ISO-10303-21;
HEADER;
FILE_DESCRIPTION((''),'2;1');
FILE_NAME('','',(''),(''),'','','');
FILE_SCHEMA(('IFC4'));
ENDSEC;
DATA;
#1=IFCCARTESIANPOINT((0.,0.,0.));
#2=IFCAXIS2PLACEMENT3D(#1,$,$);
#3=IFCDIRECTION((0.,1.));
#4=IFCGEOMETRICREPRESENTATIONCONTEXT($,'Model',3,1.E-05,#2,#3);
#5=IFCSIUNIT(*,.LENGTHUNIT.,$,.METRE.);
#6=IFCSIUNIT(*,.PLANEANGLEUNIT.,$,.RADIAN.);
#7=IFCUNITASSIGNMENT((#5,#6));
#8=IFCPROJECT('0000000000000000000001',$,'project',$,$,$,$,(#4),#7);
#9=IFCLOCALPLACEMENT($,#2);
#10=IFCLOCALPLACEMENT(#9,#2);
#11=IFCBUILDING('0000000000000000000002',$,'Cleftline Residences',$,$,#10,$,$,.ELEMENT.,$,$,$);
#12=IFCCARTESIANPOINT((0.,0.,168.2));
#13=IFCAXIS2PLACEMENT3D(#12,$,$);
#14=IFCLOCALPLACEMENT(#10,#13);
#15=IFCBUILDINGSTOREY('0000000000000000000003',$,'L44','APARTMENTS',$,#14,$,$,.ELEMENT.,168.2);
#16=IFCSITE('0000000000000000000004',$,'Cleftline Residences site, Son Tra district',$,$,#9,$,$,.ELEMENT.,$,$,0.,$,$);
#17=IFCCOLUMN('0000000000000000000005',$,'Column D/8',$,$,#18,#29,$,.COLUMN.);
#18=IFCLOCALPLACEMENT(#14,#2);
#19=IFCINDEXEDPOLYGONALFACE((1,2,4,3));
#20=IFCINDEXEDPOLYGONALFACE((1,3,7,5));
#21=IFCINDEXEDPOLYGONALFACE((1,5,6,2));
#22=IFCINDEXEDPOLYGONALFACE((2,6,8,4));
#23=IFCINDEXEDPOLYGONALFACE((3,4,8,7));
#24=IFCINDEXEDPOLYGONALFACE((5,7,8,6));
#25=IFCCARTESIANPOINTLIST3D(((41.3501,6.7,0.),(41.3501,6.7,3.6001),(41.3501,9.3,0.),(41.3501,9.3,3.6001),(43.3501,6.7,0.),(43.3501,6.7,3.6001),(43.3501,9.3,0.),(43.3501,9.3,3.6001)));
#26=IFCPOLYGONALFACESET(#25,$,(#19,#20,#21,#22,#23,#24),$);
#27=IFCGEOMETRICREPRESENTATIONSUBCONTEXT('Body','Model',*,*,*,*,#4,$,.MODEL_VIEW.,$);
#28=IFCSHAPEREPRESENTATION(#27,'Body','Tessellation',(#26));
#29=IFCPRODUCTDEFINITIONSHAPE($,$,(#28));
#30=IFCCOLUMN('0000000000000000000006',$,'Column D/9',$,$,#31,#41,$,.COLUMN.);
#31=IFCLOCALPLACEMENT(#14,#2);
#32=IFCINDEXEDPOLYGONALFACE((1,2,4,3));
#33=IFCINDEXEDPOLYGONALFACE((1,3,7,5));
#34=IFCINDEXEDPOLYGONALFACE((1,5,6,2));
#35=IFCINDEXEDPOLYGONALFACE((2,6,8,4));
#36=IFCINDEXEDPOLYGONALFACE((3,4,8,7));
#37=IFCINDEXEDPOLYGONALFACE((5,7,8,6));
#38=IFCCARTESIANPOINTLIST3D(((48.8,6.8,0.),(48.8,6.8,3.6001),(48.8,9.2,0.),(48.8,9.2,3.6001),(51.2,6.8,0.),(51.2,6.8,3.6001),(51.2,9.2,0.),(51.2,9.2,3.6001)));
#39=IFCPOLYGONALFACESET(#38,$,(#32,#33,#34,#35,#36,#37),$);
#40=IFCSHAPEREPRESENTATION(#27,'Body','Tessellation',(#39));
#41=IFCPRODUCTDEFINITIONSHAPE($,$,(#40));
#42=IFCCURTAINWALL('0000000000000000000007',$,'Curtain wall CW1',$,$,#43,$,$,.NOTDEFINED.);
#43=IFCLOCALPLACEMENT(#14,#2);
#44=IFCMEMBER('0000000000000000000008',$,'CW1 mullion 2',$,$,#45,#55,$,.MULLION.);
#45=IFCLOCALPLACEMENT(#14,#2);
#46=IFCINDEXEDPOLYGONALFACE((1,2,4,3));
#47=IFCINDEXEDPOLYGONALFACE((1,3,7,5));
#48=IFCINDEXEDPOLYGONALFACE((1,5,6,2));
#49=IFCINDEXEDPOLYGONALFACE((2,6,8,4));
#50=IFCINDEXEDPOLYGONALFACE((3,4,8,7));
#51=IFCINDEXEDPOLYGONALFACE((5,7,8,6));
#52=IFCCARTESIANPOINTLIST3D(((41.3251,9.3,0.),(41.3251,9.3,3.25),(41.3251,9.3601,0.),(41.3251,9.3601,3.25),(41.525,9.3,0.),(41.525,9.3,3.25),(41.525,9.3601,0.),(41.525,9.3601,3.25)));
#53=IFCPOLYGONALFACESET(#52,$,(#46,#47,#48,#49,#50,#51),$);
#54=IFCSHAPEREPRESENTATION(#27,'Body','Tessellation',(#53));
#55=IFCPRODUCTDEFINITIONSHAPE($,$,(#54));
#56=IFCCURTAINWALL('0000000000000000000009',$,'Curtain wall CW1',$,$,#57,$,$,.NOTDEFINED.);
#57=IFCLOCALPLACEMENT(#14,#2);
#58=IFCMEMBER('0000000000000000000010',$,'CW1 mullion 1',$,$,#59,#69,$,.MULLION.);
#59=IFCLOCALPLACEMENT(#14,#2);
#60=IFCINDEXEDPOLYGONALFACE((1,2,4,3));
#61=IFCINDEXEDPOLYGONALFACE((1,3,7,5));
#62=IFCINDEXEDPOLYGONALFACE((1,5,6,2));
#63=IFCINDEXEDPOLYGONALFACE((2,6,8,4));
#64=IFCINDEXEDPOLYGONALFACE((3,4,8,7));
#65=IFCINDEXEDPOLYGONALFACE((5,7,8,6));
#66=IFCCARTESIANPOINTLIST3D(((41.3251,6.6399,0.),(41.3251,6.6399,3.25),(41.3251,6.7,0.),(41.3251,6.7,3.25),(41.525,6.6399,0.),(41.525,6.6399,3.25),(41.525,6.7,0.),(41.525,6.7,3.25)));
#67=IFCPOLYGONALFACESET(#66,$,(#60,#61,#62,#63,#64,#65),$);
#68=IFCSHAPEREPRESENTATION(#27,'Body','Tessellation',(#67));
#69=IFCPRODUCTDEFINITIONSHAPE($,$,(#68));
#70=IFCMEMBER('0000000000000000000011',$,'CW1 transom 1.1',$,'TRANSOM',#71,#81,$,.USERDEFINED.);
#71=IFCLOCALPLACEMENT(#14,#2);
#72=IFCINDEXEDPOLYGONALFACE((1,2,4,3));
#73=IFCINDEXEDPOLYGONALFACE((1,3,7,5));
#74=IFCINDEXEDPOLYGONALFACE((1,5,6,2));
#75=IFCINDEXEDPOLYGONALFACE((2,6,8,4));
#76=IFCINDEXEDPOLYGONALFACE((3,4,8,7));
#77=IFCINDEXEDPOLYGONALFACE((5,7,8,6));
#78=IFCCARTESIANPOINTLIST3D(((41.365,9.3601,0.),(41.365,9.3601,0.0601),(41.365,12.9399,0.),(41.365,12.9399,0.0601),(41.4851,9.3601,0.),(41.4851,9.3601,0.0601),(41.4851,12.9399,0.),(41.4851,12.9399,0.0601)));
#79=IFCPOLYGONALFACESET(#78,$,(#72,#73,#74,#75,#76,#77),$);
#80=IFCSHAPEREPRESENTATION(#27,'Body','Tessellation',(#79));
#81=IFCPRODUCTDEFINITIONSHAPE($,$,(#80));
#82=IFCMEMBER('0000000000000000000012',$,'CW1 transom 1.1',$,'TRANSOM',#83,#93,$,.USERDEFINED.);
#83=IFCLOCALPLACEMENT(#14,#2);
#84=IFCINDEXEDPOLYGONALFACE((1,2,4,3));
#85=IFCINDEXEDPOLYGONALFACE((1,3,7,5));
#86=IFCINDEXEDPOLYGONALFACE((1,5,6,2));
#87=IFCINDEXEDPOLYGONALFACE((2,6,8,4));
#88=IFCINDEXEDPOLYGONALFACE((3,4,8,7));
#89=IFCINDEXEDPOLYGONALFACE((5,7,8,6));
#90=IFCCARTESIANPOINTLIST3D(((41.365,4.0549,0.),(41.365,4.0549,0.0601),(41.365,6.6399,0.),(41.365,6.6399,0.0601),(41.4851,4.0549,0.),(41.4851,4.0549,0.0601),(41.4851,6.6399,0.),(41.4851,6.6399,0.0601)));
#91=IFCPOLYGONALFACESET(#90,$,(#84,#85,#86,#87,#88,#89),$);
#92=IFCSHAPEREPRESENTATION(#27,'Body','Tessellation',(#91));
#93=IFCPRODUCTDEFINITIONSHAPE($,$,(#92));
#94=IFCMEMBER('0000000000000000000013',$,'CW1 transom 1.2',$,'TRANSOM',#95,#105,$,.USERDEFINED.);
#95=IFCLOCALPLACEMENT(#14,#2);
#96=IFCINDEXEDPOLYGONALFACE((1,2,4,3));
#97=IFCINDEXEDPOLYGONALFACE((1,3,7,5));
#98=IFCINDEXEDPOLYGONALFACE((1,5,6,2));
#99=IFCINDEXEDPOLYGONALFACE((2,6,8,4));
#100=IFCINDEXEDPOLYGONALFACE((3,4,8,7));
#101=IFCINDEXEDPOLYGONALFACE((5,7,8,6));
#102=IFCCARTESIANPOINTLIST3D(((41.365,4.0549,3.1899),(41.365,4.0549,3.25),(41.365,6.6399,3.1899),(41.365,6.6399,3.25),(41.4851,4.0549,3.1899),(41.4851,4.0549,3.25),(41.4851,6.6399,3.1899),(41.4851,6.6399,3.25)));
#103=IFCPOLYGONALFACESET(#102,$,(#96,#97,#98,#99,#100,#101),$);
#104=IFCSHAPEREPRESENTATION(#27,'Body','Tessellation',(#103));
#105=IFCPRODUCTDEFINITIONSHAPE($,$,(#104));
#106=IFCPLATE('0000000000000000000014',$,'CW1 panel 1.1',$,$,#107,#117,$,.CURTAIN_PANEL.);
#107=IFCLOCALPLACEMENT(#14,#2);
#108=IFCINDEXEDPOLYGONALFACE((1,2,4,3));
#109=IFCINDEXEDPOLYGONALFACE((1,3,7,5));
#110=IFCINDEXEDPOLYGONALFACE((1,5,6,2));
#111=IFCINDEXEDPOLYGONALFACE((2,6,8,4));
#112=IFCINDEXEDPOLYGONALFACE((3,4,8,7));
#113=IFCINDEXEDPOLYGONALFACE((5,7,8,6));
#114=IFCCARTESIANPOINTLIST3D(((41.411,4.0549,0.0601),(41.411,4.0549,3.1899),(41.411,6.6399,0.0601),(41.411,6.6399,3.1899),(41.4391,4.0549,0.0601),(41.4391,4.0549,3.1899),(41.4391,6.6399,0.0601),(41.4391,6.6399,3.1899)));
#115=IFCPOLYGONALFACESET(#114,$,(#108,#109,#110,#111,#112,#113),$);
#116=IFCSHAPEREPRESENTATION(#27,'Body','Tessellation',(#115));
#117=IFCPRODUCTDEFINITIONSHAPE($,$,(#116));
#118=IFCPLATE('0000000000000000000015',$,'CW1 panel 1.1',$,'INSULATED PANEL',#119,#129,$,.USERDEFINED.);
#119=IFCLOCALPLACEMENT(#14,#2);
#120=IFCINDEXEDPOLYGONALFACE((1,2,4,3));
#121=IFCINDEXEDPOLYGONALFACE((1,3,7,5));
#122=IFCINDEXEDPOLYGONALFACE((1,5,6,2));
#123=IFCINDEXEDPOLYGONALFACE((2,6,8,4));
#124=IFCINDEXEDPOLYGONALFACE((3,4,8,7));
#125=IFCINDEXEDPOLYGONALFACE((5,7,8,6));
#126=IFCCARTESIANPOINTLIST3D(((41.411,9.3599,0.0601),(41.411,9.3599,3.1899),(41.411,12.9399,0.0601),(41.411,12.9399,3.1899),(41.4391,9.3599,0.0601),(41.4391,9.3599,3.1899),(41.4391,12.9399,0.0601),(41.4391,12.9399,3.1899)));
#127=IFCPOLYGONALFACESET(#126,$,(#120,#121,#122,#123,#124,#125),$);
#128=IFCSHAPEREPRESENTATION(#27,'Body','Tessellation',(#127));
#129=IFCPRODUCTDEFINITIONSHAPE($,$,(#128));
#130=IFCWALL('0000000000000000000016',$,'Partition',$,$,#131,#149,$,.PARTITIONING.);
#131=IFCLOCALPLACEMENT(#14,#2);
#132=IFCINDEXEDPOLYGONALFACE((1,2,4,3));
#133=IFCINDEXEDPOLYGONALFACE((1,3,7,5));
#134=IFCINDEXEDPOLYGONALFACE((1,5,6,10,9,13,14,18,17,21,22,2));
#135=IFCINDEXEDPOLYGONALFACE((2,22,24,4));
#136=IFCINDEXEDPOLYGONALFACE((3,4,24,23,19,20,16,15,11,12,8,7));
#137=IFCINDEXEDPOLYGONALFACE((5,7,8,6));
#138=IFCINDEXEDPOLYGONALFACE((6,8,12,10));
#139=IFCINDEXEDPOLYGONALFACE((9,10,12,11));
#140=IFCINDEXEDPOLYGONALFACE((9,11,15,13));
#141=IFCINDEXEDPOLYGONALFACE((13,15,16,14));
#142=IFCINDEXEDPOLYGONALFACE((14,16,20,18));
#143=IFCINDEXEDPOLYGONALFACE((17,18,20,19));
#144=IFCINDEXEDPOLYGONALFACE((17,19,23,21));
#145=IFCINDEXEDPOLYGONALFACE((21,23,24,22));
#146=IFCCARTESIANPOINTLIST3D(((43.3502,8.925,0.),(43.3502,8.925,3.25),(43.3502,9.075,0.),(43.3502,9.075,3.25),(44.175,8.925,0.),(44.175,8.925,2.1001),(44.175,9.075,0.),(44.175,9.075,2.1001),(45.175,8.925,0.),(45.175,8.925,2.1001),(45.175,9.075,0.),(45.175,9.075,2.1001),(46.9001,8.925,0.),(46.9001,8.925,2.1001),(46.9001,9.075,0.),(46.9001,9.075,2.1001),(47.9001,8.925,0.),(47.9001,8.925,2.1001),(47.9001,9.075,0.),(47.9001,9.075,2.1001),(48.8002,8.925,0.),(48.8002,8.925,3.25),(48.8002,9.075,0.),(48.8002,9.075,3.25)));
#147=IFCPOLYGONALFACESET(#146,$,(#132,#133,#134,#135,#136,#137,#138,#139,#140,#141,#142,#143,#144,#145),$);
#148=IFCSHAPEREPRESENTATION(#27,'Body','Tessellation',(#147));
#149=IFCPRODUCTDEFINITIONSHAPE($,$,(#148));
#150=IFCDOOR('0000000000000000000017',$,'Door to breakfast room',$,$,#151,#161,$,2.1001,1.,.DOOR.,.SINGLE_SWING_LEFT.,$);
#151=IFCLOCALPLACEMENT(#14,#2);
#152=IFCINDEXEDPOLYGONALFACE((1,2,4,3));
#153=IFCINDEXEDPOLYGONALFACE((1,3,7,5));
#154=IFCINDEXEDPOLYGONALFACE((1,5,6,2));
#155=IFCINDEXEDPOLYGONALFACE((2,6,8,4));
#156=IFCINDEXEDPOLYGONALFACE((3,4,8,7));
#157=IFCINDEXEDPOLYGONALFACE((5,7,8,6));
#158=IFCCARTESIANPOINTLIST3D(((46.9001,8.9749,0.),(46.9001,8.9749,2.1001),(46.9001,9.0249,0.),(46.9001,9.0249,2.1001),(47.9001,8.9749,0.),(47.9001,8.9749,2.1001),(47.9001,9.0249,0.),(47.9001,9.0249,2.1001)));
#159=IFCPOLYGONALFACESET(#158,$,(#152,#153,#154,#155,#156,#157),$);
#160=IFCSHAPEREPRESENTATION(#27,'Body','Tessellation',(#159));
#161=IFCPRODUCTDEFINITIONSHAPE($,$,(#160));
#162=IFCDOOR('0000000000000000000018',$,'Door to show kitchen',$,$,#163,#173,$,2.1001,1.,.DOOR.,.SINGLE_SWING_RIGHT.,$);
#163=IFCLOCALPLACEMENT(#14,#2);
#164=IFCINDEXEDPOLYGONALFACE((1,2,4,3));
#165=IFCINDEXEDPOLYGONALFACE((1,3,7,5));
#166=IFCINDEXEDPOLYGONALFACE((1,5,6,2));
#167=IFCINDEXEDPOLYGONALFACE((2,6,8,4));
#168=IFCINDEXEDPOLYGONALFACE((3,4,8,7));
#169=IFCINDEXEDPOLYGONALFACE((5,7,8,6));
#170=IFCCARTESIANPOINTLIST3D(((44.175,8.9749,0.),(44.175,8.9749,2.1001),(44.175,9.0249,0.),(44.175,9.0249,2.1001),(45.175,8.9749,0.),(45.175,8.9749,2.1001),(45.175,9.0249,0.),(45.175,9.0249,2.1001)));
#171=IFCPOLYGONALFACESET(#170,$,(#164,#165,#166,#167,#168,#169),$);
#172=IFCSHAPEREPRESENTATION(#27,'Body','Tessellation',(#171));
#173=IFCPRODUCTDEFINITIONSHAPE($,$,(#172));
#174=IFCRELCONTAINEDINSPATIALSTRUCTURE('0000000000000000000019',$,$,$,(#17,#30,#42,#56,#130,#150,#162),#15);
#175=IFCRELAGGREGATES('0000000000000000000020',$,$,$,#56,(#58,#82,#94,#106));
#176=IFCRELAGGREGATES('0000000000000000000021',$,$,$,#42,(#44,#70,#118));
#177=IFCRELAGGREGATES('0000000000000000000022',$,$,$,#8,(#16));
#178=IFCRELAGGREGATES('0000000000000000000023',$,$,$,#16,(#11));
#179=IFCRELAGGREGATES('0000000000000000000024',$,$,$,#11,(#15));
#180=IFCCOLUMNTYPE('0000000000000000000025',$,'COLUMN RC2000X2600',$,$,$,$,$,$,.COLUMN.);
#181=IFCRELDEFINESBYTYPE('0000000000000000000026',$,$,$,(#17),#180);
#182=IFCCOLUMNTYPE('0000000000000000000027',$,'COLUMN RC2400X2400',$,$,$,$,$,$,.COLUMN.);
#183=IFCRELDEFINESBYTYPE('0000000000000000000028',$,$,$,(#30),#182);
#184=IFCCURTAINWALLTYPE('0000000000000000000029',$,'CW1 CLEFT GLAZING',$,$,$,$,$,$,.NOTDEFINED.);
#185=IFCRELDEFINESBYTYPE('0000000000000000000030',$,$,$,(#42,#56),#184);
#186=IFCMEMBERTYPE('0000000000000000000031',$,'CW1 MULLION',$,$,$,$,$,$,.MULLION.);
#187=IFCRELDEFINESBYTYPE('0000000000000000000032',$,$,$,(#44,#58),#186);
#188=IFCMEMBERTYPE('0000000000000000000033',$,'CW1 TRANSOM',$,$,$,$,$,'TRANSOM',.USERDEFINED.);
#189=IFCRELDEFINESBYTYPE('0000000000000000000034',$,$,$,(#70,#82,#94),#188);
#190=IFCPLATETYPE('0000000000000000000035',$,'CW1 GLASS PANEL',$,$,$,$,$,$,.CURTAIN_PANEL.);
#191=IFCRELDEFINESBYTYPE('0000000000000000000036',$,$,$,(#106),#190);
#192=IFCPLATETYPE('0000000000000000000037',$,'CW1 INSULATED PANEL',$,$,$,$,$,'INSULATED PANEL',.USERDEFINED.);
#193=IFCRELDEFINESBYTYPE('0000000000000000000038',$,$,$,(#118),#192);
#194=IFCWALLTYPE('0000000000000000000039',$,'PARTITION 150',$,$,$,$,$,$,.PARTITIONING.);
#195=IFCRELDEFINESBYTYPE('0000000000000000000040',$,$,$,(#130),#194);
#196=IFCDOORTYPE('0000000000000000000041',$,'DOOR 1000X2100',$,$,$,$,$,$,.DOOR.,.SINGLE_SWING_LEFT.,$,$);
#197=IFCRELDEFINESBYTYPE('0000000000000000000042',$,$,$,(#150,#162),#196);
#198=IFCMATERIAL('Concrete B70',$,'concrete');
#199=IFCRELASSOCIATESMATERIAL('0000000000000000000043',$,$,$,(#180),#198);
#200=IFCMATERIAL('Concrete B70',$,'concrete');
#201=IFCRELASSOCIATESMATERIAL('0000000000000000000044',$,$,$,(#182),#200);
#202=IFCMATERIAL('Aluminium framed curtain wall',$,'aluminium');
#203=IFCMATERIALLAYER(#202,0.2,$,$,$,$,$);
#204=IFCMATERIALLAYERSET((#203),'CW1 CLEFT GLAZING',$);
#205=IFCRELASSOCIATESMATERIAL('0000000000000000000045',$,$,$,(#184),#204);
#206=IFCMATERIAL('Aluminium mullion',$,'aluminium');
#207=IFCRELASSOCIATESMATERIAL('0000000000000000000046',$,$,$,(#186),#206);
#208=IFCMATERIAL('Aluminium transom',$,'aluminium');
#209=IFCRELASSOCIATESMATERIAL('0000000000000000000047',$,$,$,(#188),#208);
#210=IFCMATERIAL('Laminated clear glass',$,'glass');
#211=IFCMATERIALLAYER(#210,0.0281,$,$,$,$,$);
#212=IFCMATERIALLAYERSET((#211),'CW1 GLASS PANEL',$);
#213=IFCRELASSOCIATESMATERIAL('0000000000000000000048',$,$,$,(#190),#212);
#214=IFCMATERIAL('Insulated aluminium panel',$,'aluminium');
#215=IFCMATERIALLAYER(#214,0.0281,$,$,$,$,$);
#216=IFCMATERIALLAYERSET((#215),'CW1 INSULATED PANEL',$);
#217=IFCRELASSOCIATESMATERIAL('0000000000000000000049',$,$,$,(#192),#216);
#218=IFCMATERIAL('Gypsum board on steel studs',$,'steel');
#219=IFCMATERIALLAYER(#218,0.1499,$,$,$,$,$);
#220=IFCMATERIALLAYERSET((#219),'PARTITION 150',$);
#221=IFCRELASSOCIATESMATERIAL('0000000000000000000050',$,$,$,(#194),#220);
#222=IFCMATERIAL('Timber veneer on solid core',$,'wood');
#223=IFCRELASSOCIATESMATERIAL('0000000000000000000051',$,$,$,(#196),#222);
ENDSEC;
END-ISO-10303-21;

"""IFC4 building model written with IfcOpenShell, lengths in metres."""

from ifc_helpers import new_model, si_unit, direction, frame, frame_2d, origin, origin_2d, place, context, subcontext, project, spatial, rectangle, extrude, material, layer, layer_set, material_profile, profile_set, type_object, element, fill, aggregate, save


model = new_model("IFC4")

# Units and contexts
model_context = context("Model", 3, precision=1e-05, world=origin(), true_north=direction((0.0, 1.0)))
body_context = subcontext(model_context, "Body", "Model", "MODEL_VIEW")
ifc_project = project(units=[si_unit("LENGTHUNIT", "METRE"), si_unit("PLANEANGLEUNIT", "RADIAN")], contexts=[model_context])

# Site, building, storey
site_placement = place(None, origin())
site = spatial("IfcSite", under=ifc_project, at=site_placement, Name="Cleftline Residences site, Son Tra district", CompositionType="ELEMENT", RefElevation=0.0)
building_placement = place(site_placement, origin())
building = spatial("IfcBuilding", under=site, at=building_placement, Name="Cleftline Residences", CompositionType="ELEMENT")
storey_placement = place(building_placement, frame((0.0, 0.0, 168.2)))
storey = spatial("IfcBuildingStorey", under=building, at=storey_placement, Name="L44", Description="APARTMENTS", CompositionType="ELEMENT", Elevation=168.2)

# Columns
ifc_material_1 = material(Name="Concrete B70", Category="concrete")
ifc_material_profile_1 = material_profile(ifc_material_1, rectangle(XDim=2.0, YDim=2.6001, at=origin_2d()))
ifc_profile_set_1 = profile_set([ifc_material_profile_1], Name="Concrete B70")
column_type_1 = type_object("IfcColumnType", Name="COLUMN RC2000X2600", PredefinedType="COLUMN", material=ifc_profile_set_1)
column_1_placement = place(storey_placement, frame((42.3501, 8.0, 0.0), z_axis=(0.0, 0.0, 1.0), x_axis=(1.0, 0.0, 0.0)))
element("IfcColumn", 1, at=column_1_placement, inside=storey, type_object=column_type_1, Name="Column D/8", PredefinedType="COLUMN", context=body_context, shape_type="SweptSolid", body=[
    extrude(rectangle(XDim=2.0, YDim=2.6001, at=origin_2d()), origin(), (0.0, 0.0, 1.0), 3.6001),
])
ifc_material_2 = material(Name="Concrete B70", Category="concrete")
ifc_material_profile_2 = material_profile(ifc_material_2, rectangle(XDim=2.3999, YDim=2.3999, at=origin_2d()))
ifc_profile_set_2 = profile_set([ifc_material_profile_2], Name="Concrete B70")
column_type_2 = type_object("IfcColumnType", Name="COLUMN RC2400X2400", PredefinedType="COLUMN", material=ifc_profile_set_2)
column_2_placement = place(storey_placement, frame((50.0, 8.0, 0.0), z_axis=(0.0, 0.0, 1.0), x_axis=(1.0, 0.0, 0.0)))
element("IfcColumn", 2, at=column_2_placement, inside=storey, type_object=column_type_2, Name="Column D/9", PredefinedType="COLUMN", context=body_context, shape_type="SweptSolid", body=[
    extrude(rectangle(XDim=2.3999, YDim=2.3999, at=origin_2d()), origin(), (0.0, 0.0, 1.0), 3.6001),
])

# Curtain walls, members
ifc_material_3 = material(Name="Aluminium framed curtain wall", Category="aluminium")
ifc_layer_1 = layer(ifc_material_3, 0.2)
ifc_layer_set_1 = layer_set([ifc_layer_1], Name="CW1 CLEFT GLAZING")
curtain_wall_type = type_object("IfcCurtainWallType", Name="CW1 CLEFT GLAZING", PredefinedType="NOTDEFINED", material=ifc_layer_set_1)
curtain_wall_1_placement = place(storey_placement, origin())
curtain_wall_1 = element("IfcCurtainWall", 3, at=curtain_wall_1_placement, inside=storey, type_object=curtain_wall_type, Name="Curtain wall CW1", PredefinedType="NOTDEFINED")
ifc_material_4 = material(Name="Aluminium mullion", Category="aluminium")
ifc_material_profile_3 = material_profile(ifc_material_4, rectangle(XDim=0.2, YDim=0.0601, at=origin_2d()))
ifc_profile_set_3 = profile_set([ifc_material_profile_3], Name="Aluminium mullion")
member_type_1 = type_object("IfcMemberType", Name="CW1 MULLION", PredefinedType="MULLION", material=ifc_profile_set_3)
member_1_placement = place(storey_placement, frame((41.425, 9.3301, 0.0), z_axis=(0.0, 0.0, 1.0), x_axis=(1.0, 0.0, 0.0)))
member_1 = element("IfcMember", 4, at=member_1_placement, type_object=member_type_1, Name="CW1 mullion 2", PredefinedType="MULLION", context=body_context, shape_type="SweptSolid", body=[
    extrude(rectangle(XDim=0.2, YDim=0.0601, at=origin_2d()), origin(), (0.0, 0.0, 1.0), 3.25),
])
curtain_wall_2_placement = place(storey_placement, origin())
curtain_wall_2 = element("IfcCurtainWall", 5, at=curtain_wall_2_placement, inside=storey, type_object=curtain_wall_type, Name="Curtain wall CW1", PredefinedType="NOTDEFINED")
member_2_placement = place(storey_placement, frame((41.425, 6.6699, 0.0), z_axis=(0.0, 0.0, 1.0), x_axis=(1.0, 0.0, 0.0)))
member_2 = element("IfcMember", 6, at=member_2_placement, type_object=member_type_1, Name="CW1 mullion 1", PredefinedType="MULLION", context=body_context, shape_type="SweptSolid", body=[
    extrude(rectangle(XDim=0.2, YDim=0.0601, at=origin_2d()), origin(), (0.0, 0.0, 1.0), 3.25),
])

# Members
ifc_material_5 = material(Name="Aluminium transom", Category="aluminium")
ifc_material_profile_4 = material_profile(ifc_material_5, rectangle(XDim=0.1201, YDim=0.0601, at=origin_2d()))
ifc_profile_set_4 = profile_set([ifc_material_profile_4], Name="Aluminium transom")
member_type_2 = type_object("IfcMemberType", Name="CW1 TRANSOM", ElementType="TRANSOM", PredefinedType="USERDEFINED", material=ifc_profile_set_4)
member_3_placement = place(storey_placement, frame((41.425, 12.9399, 0.03), z_axis=(0.0, -1.0, 0.0), x_axis=(1.0, 0.0, 0.0)))
member_3 = element("IfcMember", 7, at=member_3_placement, type_object=member_type_2, Name="CW1 transom 1.1", ObjectType="TRANSOM", PredefinedType="USERDEFINED", context=body_context, shape_type="SweptSolid", body=[
    extrude(rectangle(XDim=0.1201, YDim=0.0601, at=origin_2d()), origin(), (0.0, 0.0, 1.0), 3.5798),
])
member_4_placement = place(storey_placement, frame((41.425, 6.6399, 0.03), z_axis=(0.0, -1.0, 0.0), x_axis=(1.0, 0.0, 0.0)))
member_4 = element("IfcMember", 8, at=member_4_placement, type_object=member_type_2, Name="CW1 transom 1.1", ObjectType="TRANSOM", PredefinedType="USERDEFINED", context=body_context, shape_type="SweptSolid", body=[
    extrude(rectangle(XDim=0.1201, YDim=0.0601, at=origin_2d()), origin(), (0.0, 0.0, 1.0), 2.585),
])
member_5_placement = place(storey_placement, frame((41.425, 6.6399, 3.22), z_axis=(0.0, -1.0, 0.0), x_axis=(1.0, 0.0, 0.0)))
member_5 = element("IfcMember", 9, at=member_5_placement, type_object=member_type_2, Name="CW1 transom 1.2", ObjectType="TRANSOM", PredefinedType="USERDEFINED", context=body_context, shape_type="SweptSolid", body=[
    extrude(rectangle(XDim=0.1201, YDim=0.0601, at=origin_2d()), origin(), (0.0, 0.0, 1.0), 2.585),
])

# Plates
ifc_material_6 = material(Name="Laminated clear glass", Category="glass")
ifc_layer_2 = layer(ifc_material_6, 0.0281)
ifc_layer_set_2 = layer_set([ifc_layer_2], Name="CW1 GLASS PANEL")
plate_type_1 = type_object("IfcPlateType", Name="CW1 GLASS PANEL", PredefinedType="CURTAIN_PANEL", material=ifc_layer_set_2)
plate_1_placement = place(storey_placement, frame((41.425, 5.3474, 0.0601), z_axis=(0.0, 0.0, 1.0), x_axis=(0.0, -1.0, 0.0)))
plate_1 = element("IfcPlate", 10, at=plate_1_placement, type_object=plate_type_1, Name="CW1 panel 1.1", PredefinedType="CURTAIN_PANEL", context=body_context, shape_type="SweptSolid", body=[
    extrude(rectangle(XDim=2.585, YDim=0.0281, at=origin_2d()), origin(), (0.0, 0.0, 1.0), 3.1299),
])
aggregate(curtain_wall_2, [member_2, member_4, member_5, plate_1])
ifc_material_7 = material(Name="Insulated aluminium panel", Category="aluminium")
ifc_layer_3 = layer(ifc_material_7, 0.0281)
ifc_layer_set_3 = layer_set([ifc_layer_3], Name="CW1 INSULATED PANEL")
plate_type_2 = type_object("IfcPlateType", Name="CW1 INSULATED PANEL", ElementType="INSULATED PANEL", PredefinedType="USERDEFINED", material=ifc_layer_set_3)
plate_2_placement = place(storey_placement, frame((41.425, 11.1499, 0.0601), z_axis=(0.0, 0.0, 1.0), x_axis=(0.0, -1.0, 0.0)))
plate_2 = element("IfcPlate", 11, at=plate_2_placement, type_object=plate_type_2, Name="CW1 panel 1.1", ObjectType="INSULATED PANEL", PredefinedType="USERDEFINED", context=body_context, shape_type="SweptSolid", body=[
    extrude(rectangle(XDim=3.5801, YDim=0.0281, at=origin_2d()), origin(), (0.0, 0.0, 1.0), 3.1299),
])
aggregate(curtain_wall_1, [member_1, member_3, plate_2])

# Wall, openings, doors
ifc_material_8 = material(Name="Gypsum board on steel studs", Category="steel")
ifc_layer_4 = layer(ifc_material_8, 0.1499)
ifc_layer_set_4 = layer_set([ifc_layer_4], Name="PARTITION 150")
wall_type = type_object("IfcWallType", Name="PARTITION 150", PredefinedType="PARTITIONING", material=ifc_layer_set_4)
wall_1_placement = place(storey_placement, frame((43.3501, 9.0, 0.0), z_axis=(0.0, 0.0, 1.0), x_axis=(1.0, 0.0, 0.0)))
wall_1 = element("IfcWall", 12, at=wall_1_placement, inside=storey, type_object=wall_type, Name="Partition", PredefinedType="PARTITIONING", context=body_context, shape_type="SweptSolid", body=[
    extrude(rectangle(XDim=5.45, YDim=0.1499, at=frame_2d((2.7251, 0.0))), origin(), (0.0, 0.0, 1.0), 3.25),
])
opening_1_placement = place(wall_1_placement, frame((3.55, 0.0, 0.0)))
opening_1 = element("IfcOpeningElement", 13, at=opening_1_placement, cuts=wall_1, PredefinedType="OPENING", context=body_context, shape_type="SweptSolid", body=[
    extrude(rectangle(XDim=1.0, YDim=2.1001, at=frame_2d((0.5, 1.05))), frame((0.0, 0.085, 0.0), z_axis=(0.0, -1.0, 0.0), x_axis=(1.0, 0.0, 0.0)), (0.0, 0.0, 1.0), 0.1699),
])
opening_2_placement = place(wall_1_placement, frame((0.825, 0.0, 0.0)))
opening_2 = element("IfcOpeningElement", 14, at=opening_2_placement, cuts=wall_1, PredefinedType="OPENING", context=body_context, shape_type="SweptSolid", body=[
    extrude(rectangle(XDim=1.0, YDim=2.1001, at=frame_2d((0.5, 1.05))), frame((0.0, 0.085, 0.0), z_axis=(0.0, -1.0, 0.0), x_axis=(1.0, 0.0, 0.0)), (0.0, 0.0, 1.0), 0.1699),
])
ifc_material_9 = material(Name="Timber veneer on solid core", Category="wood")
door_type_1 = type_object("IfcDoorType", Name="DOOR 1000X2100", OperationType="SINGLE_SWING_LEFT", PredefinedType="DOOR", material=ifc_material_9)
door_1_placement = place(opening_1_placement, origin())
door_1 = element("IfcDoor", 15, at=door_1_placement, inside=storey, type_object=door_type_1, Name="Door to breakfast room", OperationType="SINGLE_SWING_LEFT", OverallHeight=2.1001, OverallWidth=1.0, PredefinedType="DOOR", context=body_context, shape_type="SweptSolid", body=[
    extrude(rectangle(XDim=1.0, YDim=2.1001, at=frame_2d((0.5, 1.05))), frame((0.0, 0.0249, 0.0), z_axis=(0.0, -1.0, 0.0), x_axis=(1.0, 0.0, 0.0)), (0.0, 0.0, 1.0), 0.05),
])
fill(opening_1, door_1)
door_2_placement = place(opening_2_placement, origin())
door_2 = element("IfcDoor", 16, at=door_2_placement, inside=storey, type_object=door_type_1, Name="Door to show kitchen", OperationType="SINGLE_SWING_RIGHT", OverallHeight=2.1001, OverallWidth=1.0, PredefinedType="DOOR", context=body_context, shape_type="SweptSolid", body=[
    extrude(rectangle(XDim=1.0, YDim=2.1001, at=frame_2d((0.5, 1.05))), frame((0.0, 0.0249, 0.0), z_axis=(0.0, -1.0, 0.0), x_axis=(1.0, 0.0, 0.0)), (0.0, 0.0, 1.0), 0.05),
])
fill(opening_2, door_2)

save(model, "model.ifc")
